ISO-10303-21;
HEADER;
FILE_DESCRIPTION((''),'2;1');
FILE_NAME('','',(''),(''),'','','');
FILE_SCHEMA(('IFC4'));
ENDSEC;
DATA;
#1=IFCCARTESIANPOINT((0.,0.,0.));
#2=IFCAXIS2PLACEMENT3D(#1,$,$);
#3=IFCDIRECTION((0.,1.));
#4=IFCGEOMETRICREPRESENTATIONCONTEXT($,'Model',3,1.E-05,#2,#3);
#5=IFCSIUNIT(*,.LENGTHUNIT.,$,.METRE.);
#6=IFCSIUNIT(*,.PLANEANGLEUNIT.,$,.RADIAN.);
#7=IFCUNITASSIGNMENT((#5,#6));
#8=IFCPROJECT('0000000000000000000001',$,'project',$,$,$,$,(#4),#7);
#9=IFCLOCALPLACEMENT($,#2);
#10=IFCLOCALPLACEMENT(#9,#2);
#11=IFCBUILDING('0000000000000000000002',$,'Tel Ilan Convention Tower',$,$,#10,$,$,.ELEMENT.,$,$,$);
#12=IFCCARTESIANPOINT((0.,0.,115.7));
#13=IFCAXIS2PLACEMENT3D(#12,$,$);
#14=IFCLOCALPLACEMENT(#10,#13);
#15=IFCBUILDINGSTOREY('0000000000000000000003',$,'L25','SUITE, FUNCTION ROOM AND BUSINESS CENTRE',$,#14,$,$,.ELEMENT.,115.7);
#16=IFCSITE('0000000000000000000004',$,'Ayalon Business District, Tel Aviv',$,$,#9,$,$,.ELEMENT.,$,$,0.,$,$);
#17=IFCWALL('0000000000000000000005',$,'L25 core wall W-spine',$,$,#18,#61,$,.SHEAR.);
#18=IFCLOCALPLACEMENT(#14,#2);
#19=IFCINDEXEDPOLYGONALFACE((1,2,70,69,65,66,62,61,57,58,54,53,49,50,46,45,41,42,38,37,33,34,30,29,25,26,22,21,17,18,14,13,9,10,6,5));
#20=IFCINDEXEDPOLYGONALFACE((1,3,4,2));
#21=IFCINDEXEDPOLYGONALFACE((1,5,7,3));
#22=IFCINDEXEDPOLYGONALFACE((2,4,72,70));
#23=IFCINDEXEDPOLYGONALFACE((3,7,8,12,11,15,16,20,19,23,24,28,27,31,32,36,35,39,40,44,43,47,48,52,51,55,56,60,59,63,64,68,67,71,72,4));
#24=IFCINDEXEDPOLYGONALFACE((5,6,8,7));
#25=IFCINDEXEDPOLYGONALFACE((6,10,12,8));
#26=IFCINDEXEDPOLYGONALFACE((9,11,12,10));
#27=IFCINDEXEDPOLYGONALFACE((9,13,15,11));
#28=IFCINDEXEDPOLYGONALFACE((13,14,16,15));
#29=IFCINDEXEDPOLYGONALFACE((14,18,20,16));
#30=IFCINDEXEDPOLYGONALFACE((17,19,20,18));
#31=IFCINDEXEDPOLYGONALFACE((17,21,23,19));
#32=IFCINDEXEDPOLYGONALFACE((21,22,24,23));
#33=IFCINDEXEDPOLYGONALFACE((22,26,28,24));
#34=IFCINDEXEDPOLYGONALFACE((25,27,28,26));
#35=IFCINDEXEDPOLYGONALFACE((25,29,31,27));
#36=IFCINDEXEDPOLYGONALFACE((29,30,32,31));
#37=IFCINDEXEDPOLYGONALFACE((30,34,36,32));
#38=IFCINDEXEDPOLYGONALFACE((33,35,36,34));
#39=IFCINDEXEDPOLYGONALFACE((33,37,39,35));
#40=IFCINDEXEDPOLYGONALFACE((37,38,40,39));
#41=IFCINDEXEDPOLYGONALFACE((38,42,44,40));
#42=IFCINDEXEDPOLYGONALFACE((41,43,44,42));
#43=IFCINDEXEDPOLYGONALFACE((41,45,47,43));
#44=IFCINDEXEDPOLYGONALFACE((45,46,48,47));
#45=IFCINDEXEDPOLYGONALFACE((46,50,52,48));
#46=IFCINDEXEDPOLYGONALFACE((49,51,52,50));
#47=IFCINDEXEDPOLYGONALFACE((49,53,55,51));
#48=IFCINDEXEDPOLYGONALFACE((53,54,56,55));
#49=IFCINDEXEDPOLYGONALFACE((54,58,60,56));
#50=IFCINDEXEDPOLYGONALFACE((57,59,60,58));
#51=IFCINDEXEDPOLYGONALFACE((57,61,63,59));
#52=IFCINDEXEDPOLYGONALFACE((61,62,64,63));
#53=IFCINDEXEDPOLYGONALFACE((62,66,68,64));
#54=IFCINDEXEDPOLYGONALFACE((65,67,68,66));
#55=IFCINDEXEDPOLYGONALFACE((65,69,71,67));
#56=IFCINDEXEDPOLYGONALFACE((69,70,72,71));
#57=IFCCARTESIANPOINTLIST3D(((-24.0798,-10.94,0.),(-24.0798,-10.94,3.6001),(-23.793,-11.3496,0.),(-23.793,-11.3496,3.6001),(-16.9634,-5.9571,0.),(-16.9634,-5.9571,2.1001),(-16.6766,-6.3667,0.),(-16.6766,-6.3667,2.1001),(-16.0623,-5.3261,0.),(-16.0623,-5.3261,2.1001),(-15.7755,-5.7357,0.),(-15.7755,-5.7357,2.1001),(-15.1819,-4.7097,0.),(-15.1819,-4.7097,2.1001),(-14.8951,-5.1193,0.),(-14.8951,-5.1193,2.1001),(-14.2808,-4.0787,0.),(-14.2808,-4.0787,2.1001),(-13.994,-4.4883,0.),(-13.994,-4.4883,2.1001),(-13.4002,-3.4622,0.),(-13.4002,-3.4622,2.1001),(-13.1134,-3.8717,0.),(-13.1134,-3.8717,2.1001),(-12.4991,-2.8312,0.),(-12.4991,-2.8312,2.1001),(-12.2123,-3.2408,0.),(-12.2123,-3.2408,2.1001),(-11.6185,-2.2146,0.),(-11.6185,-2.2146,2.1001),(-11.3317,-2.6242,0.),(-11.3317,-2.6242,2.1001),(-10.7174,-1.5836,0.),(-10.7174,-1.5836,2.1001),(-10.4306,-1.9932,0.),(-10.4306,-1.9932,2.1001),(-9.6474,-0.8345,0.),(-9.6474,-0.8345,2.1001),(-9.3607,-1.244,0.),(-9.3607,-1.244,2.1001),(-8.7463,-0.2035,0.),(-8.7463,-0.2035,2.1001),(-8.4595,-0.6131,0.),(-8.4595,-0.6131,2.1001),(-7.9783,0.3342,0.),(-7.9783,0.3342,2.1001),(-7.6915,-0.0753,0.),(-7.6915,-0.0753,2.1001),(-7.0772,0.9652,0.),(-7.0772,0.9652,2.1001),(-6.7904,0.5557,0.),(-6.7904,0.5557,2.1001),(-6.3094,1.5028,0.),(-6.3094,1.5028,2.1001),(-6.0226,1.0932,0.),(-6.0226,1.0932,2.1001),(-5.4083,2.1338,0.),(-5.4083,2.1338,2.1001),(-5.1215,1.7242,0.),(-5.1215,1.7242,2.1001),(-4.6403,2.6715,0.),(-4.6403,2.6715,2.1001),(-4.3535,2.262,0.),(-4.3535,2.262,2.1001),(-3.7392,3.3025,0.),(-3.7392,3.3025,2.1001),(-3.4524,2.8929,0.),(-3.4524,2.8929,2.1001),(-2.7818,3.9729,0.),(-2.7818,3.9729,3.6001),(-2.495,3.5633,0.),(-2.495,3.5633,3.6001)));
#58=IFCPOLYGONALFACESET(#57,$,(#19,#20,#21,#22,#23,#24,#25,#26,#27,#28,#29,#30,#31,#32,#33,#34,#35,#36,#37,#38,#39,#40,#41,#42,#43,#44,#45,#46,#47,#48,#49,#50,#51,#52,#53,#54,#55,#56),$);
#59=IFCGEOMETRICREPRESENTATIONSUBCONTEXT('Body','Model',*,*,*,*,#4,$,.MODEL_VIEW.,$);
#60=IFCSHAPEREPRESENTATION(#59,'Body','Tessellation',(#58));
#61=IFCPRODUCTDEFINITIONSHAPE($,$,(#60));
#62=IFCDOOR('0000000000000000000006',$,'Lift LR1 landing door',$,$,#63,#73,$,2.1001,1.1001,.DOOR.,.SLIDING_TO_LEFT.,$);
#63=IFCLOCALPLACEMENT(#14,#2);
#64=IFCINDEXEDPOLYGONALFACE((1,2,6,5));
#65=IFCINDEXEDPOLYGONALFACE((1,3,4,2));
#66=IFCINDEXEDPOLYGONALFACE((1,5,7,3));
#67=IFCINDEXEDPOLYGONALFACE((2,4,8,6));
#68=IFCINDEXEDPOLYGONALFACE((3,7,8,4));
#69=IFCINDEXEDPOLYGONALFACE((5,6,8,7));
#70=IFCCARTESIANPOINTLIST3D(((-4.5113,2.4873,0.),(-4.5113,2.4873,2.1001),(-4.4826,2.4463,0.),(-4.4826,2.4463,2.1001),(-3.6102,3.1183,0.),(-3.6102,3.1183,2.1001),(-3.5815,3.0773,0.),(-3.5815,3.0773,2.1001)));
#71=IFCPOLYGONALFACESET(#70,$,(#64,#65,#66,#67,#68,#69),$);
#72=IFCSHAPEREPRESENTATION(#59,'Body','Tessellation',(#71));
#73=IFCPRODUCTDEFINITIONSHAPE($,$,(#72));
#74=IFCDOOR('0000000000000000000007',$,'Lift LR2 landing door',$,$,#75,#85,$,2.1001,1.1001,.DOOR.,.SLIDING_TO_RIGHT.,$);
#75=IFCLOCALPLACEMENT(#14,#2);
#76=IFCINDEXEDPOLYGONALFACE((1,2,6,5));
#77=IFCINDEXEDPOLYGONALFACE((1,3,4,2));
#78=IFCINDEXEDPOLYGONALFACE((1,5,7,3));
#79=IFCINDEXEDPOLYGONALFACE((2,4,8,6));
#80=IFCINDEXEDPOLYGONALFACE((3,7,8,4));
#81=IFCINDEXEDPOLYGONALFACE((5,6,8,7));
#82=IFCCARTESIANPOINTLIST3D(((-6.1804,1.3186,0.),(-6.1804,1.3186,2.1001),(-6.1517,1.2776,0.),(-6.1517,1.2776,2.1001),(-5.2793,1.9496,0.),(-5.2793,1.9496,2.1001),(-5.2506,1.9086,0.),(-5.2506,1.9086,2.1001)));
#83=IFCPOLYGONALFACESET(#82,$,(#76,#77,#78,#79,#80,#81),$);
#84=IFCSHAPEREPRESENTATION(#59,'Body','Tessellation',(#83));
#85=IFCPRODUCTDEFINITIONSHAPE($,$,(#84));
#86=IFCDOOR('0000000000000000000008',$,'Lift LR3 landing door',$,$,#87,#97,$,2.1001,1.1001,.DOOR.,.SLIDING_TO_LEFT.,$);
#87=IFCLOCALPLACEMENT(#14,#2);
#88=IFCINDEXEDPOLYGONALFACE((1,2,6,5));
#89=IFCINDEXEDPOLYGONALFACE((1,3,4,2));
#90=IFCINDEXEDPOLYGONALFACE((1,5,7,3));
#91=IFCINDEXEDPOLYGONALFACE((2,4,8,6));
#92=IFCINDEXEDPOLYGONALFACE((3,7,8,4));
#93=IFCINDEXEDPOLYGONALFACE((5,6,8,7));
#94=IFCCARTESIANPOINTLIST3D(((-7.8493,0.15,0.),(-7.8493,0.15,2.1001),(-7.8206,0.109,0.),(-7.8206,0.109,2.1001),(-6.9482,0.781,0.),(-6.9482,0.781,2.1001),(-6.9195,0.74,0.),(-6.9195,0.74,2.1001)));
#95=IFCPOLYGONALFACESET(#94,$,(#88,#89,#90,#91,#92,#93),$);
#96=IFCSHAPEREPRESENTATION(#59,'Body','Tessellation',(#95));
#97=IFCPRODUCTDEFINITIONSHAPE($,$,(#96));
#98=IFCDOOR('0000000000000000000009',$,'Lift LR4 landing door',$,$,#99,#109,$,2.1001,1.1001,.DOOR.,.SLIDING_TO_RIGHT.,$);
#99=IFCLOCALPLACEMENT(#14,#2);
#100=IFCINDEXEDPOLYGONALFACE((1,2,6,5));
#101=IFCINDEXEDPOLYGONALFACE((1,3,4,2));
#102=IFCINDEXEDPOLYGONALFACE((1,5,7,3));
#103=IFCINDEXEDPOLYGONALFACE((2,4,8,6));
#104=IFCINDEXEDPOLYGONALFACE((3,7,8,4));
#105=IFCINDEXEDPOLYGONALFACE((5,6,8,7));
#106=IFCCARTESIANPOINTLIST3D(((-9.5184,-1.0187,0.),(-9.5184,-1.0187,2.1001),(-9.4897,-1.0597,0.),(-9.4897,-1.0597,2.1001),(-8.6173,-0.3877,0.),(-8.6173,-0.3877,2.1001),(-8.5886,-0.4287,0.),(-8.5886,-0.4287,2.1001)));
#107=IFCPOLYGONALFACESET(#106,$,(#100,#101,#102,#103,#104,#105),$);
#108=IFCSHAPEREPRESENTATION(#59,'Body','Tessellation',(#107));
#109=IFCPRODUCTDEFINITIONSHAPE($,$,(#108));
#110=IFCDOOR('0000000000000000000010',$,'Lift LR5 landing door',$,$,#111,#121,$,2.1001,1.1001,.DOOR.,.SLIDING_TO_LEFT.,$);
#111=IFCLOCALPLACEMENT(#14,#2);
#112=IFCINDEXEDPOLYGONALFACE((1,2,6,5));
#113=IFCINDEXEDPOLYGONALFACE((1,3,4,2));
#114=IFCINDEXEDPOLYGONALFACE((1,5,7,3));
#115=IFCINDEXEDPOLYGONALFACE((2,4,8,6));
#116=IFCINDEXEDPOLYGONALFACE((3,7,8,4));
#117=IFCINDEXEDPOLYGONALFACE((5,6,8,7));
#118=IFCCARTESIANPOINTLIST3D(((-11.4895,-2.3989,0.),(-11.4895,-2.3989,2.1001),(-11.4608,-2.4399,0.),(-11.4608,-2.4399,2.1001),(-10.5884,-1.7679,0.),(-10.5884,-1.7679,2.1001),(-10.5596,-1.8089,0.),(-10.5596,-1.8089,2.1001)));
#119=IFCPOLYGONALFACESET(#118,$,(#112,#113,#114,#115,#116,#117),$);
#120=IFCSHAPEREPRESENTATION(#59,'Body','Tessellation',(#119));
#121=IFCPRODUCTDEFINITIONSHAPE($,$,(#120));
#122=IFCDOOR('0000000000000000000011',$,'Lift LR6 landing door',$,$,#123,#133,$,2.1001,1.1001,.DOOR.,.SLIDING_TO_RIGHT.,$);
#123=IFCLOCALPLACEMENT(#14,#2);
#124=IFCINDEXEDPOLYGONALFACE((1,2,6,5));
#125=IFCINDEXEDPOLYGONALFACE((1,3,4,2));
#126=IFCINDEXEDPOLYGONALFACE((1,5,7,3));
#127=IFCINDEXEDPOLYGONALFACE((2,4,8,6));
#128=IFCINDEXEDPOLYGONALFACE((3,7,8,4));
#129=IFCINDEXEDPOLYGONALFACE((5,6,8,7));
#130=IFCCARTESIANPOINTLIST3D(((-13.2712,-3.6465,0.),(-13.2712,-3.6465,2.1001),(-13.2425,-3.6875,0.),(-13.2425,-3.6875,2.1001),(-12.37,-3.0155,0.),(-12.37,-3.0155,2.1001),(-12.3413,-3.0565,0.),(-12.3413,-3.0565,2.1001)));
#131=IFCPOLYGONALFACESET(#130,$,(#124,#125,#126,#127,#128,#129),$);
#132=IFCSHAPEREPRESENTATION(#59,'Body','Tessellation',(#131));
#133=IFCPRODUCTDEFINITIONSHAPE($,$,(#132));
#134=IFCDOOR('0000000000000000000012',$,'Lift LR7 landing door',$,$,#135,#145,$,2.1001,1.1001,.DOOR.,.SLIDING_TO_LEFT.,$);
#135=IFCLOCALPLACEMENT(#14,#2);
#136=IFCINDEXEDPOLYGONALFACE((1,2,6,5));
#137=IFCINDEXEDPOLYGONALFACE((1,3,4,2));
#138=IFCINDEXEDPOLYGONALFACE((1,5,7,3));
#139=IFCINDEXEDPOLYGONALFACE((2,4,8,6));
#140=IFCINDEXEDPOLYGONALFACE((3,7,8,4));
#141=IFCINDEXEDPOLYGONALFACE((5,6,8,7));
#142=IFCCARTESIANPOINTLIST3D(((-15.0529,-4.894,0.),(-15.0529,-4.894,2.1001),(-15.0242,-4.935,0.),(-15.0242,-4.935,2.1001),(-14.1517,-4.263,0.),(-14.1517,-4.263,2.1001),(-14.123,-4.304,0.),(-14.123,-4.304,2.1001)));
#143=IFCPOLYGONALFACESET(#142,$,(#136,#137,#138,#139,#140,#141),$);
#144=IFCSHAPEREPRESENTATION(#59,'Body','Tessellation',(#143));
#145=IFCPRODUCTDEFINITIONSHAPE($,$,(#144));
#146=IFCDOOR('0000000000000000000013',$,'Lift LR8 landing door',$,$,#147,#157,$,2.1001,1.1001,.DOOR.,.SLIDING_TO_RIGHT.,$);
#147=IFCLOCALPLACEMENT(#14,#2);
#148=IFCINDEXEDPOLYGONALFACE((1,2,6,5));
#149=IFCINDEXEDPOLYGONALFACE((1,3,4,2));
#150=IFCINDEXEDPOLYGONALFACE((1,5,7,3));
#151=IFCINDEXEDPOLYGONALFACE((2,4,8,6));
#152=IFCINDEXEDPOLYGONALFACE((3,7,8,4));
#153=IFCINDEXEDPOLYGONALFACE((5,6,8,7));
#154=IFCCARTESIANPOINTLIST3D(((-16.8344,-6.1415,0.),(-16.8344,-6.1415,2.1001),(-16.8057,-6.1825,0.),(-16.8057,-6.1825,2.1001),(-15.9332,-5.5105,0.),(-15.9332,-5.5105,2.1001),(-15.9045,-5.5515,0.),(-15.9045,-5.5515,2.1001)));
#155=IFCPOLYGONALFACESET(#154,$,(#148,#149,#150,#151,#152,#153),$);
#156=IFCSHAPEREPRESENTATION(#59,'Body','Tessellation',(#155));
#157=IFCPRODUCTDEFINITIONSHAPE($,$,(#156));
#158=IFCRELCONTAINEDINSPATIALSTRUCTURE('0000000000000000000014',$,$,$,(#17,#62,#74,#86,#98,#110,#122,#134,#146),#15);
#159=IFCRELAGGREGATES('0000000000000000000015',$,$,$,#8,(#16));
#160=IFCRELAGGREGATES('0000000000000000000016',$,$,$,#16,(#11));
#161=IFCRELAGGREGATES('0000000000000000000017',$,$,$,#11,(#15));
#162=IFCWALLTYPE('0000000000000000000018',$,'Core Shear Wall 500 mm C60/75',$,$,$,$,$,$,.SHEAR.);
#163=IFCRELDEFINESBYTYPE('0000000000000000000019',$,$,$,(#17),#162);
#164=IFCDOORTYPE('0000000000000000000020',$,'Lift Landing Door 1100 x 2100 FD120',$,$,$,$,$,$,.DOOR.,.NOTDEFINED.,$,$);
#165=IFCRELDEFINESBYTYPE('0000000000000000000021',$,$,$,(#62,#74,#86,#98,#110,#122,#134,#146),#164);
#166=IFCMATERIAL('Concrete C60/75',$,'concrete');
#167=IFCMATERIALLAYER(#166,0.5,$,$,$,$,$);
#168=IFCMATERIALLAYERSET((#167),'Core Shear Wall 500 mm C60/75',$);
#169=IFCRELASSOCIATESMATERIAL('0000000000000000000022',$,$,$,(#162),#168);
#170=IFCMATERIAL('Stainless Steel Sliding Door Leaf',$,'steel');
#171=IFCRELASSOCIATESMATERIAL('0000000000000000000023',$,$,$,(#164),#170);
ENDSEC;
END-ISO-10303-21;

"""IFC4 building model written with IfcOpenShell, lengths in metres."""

from ifc_helpers import new_model, si_unit, direction, frame, frame_2d, origin, place, context, subcontext, project, spatial, polyline, rectangle, outline, extrude, material, layer, layer_set, type_object, element, fill, save


model = new_model("IFC4")

# Units and contexts
model_context = context("Model", 3, precision=1e-05, world=origin(), true_north=direction((0.0, 1.0)))
body_context = subcontext(model_context, "Body", "Model", "MODEL_VIEW")
ifc_project = project(units=[si_unit("LENGTHUNIT", "METRE"), si_unit("PLANEANGLEUNIT", "RADIAN")], contexts=[model_context])

# Site, building, storey
site_placement = place(None, origin())
site = spatial("IfcSite", under=ifc_project, at=site_placement, Name="Ayalon Business District, Tel Aviv", CompositionType="ELEMENT", RefElevation=0.0)
building_placement = place(site_placement, origin())
building = spatial("IfcBuilding", under=site, at=building_placement, Name="Tel Ilan Convention Tower", CompositionType="ELEMENT")
storey_placement = place(building_placement, frame((0.0, 0.0, 115.7)))
storey = spatial("IfcBuildingStorey", under=building, at=storey_placement, Name="L25", Description="SUITE, FUNCTION ROOM AND BUSINESS CENTRE", CompositionType="ELEMENT", Elevation=115.7)

# Wall, openings, doors
ifc_material_1 = material(Name="Concrete C60/75", Category="concrete")
ifc_layer_1 = layer(ifc_material_1, 0.5)
ifc_layer_set_1 = layer_set([ifc_layer_1], Name="Core Shear Wall 500 mm C60/75")
wall_type_1 = type_object("IfcWallType", Name="Core Shear Wall 500 mm C60/75", PredefinedType="SHEAR", material=ifc_layer_set_1)
wall_1_placement = place(storey_placement, frame((-2.6384, 3.7681, 0.0), z_axis=(0.0, 0.0, 1.0), x_axis=(-0.819149, -0.573581, 0.0)))
wall_1 = element("IfcWall", 1, at=wall_1_placement, inside=storey, type_object=wall_type_1, Name="L25 core wall W-spine", PredefinedType="SHEAR", context=body_context, shape_type="SweptSolid", body=[
    extrude(outline(polyline([(26.0, 0.2498), (0.0, 0.25), (0.0, -0.25), (26.0, -0.2502), (26.0, 0.2498)])), origin(), (0.0, 0.0, 1.0), 3.6001),
])
opening_1_placement = place(wall_1_placement, frame((1.1687, 0.0, 0.0)))
opening_1 = element("IfcOpeningElement", 2, at=opening_1_placement, cuts=wall_1, PredefinedType="OPENING", context=body_context, shape_type="SweptSolid", body=[
    extrude(rectangle(XDim=1.1001, YDim=2.1001, at=frame_2d((0.55, 1.05))), frame((0.0, 0.26, 0.0), z_axis=(0.0, -1.0, 0.0), x_axis=(1.0, 0.0, 0.0)), (0.0, 0.0, 1.0), 0.52),
])
opening_2_placement = place(wall_1_placement, frame((3.2063, 0.0, 0.0)))
opening_2 = element("IfcOpeningElement", 3, at=opening_2_placement, cuts=wall_1, PredefinedType="OPENING", context=body_context, shape_type="SweptSolid", body=[
    extrude(rectangle(XDim=1.1001, YDim=2.1001, at=frame_2d((0.55, 1.05))), frame((0.0, 0.26, 0.0), z_axis=(0.0, -1.0, 0.0), x_axis=(1.0, 0.0, 0.0)), (0.0, 0.0, 1.0), 0.52),
])
opening_3_placement = place(wall_1_placement, frame((5.2437, 0.0, 0.0)))
opening_3 = element("IfcOpeningElement", 4, at=opening_3_placement, cuts=wall_1, PredefinedType="OPENING", context=body_context, shape_type="SweptSolid", body=[
    extrude(rectangle(XDim=1.1001, YDim=2.1001, at=frame_2d((0.55, 1.05))), frame((0.0, 0.26, 0.0), z_axis=(0.0, -1.0, 0.0), x_axis=(1.0, 0.0, 0.0)), (0.0, 0.0, 1.0), 0.52),
])
opening_4_placement = place(wall_1_placement, frame((7.2812, 0.0, 0.0)))
opening_4 = element("IfcOpeningElement", 5, at=opening_4_placement, cuts=wall_1, PredefinedType="OPENING", context=body_context, shape_type="SweptSolid", body=[
    extrude(rectangle(XDim=1.1001, YDim=2.1001, at=frame_2d((0.55, 1.05))), frame((0.0, 0.26, 0.0), z_axis=(0.0, -1.0, 0.0), x_axis=(1.0, 0.0, 0.0)), (0.0, 0.0, 1.0), 0.52),
])
opening_5_placement = place(wall_1_placement, frame((9.6875, 0.0, 0.0)))
opening_5 = element("IfcOpeningElement", 6, at=opening_5_placement, cuts=wall_1, PredefinedType="OPENING", context=body_context, shape_type="SweptSolid", body=[
    extrude(rectangle(XDim=1.1001, YDim=2.1001, at=frame_2d((0.55, 1.05))), frame((0.0, 0.26, 0.0), z_axis=(0.0, -1.0, 0.0), x_axis=(1.0, 0.0, 0.0)), (0.0, 0.0, 1.0), 0.52),
])
opening_6_placement = place(wall_1_placement, frame((11.8625, 0.0, 0.0)))
opening_6 = element("IfcOpeningElement", 7, at=opening_6_placement, cuts=wall_1, PredefinedType="OPENING", context=body_context, shape_type="SweptSolid", body=[
    extrude(rectangle(XDim=1.1001, YDim=2.1001, at=frame_2d((0.55, 1.05))), frame((0.0, 0.26, 0.0), z_axis=(0.0, -1.0, 0.0), x_axis=(1.0, 0.0, 0.0)), (0.0, 0.0, 1.0), 0.52),
])
opening_7_placement = place(wall_1_placement, frame((14.0376, 0.0, 0.0)))
opening_7 = element("IfcOpeningElement", 8, at=opening_7_placement, cuts=wall_1, PredefinedType="OPENING", context=body_context, shape_type="SweptSolid", body=[
    extrude(rectangle(XDim=1.1001, YDim=2.1001, at=frame_2d((0.55, 1.05))), frame((0.0, 0.26, 0.0), z_axis=(0.0, -1.0, 0.0), x_axis=(1.0, 0.0, 0.0)), (0.0, 0.0, 1.0), 0.52),
])
opening_8_placement = place(wall_1_placement, frame((16.2124, 0.0, 0.0)))
opening_8 = element("IfcOpeningElement", 9, at=opening_8_placement, cuts=wall_1, PredefinedType="OPENING", context=body_context, shape_type="SweptSolid", body=[
    extrude(rectangle(XDim=1.1001, YDim=2.1001, at=frame_2d((0.55, 1.05))), frame((0.0, 0.26, 0.0), z_axis=(0.0, -1.0, 0.0), x_axis=(1.0, 0.0, 0.0)), (0.0, 0.0, 1.0), 0.52),
])
ifc_material_2 = material(Name="Stainless Steel Sliding Door Leaf", Category="steel")
door_type = type_object("IfcDoorType", Name="Lift Landing Door 1100 x 2100 FD120", OperationType="NOTDEFINED", PredefinedType="DOOR", material=ifc_material_2)
door_1_placement = place(opening_1_placement, origin())
door_1 = element("IfcDoor", 10, at=door_1_placement, inside=storey, type_object=door_type, Name="Lift LR1 landing door", OperationType="SLIDING_TO_LEFT", OverallHeight=2.1001, OverallWidth=1.1001, PredefinedType="DOOR", context=body_context, shape_type="SweptSolid", body=[
    extrude(rectangle(XDim=1.1001, YDim=2.1001, at=frame_2d((0.55, 1.05))), frame((0.0, 0.0249, 0.0), z_axis=(0.0, -1.0, 0.0), x_axis=(1.0, 0.0, 0.0)), (0.0, 0.0, 1.0), 0.05),
])
fill(opening_1, door_1)
door_2_placement = place(opening_2_placement, origin())
door_2 = element("IfcDoor", 11, at=door_2_placement, inside=storey, type_object=door_type, Name="Lift LR2 landing door", OperationType="SLIDING_TO_RIGHT", OverallHeight=2.1001, OverallWidth=1.1001, PredefinedType="DOOR", context=body_context, shape_type="SweptSolid", body=[
    extrude(rectangle(XDim=1.1001, YDim=2.1001, at=frame_2d((0.55, 1.05))), frame((0.0, 0.0249, 0.0), z_axis=(0.0, -1.0, 0.0), x_axis=(1.0, 0.0, 0.0)), (0.0, 0.0, 1.0), 0.05),
])
fill(opening_2, door_2)
door_3_placement = place(opening_3_placement, origin())
door_3 = element("IfcDoor", 12, at=door_3_placement, inside=storey, type_object=door_type, Name="Lift LR3 landing door", OperationType="SLIDING_TO_LEFT", OverallHeight=2.1001, OverallWidth=1.1001, PredefinedType="DOOR", context=body_context, shape_type="SweptSolid", body=[
    extrude(rectangle(XDim=1.1001, YDim=2.1001, at=frame_2d((0.55, 1.05))), frame((0.0, 0.0249, 0.0), z_axis=(0.0, -1.0, 0.0), x_axis=(1.0, 0.0, 0.0)), (0.0, 0.0, 1.0), 0.05),
])
fill(opening_3, door_3)
door_4_placement = place(opening_4_placement, origin())
door_4 = element("IfcDoor", 13, at=door_4_placement, inside=storey, type_object=door_type, Name="Lift LR4 landing door", OperationType="SLIDING_TO_RIGHT", OverallHeight=2.1001, OverallWidth=1.1001, PredefinedType="DOOR", context=body_context, shape_type="SweptSolid", body=[
    extrude(rectangle(XDim=1.1001, YDim=2.1001, at=frame_2d((0.55, 1.05))), frame((0.0, 0.0249, 0.0), z_axis=(0.0, -1.0, 0.0), x_axis=(1.0, 0.0, 0.0)), (0.0, 0.0, 1.0), 0.05),
])
fill(opening_4, door_4)
door_5_placement = place(opening_5_placement, origin())
door_5 = element("IfcDoor", 14, at=door_5_placement, inside=storey, type_object=door_type, Name="Lift LR5 landing door", OperationType="SLIDING_TO_LEFT", OverallHeight=2.1001, OverallWidth=1.1001, PredefinedType="DOOR", context=body_context, shape_type="SweptSolid", body=[
    extrude(rectangle(XDim=1.1001, YDim=2.1001, at=frame_2d((0.55, 1.05))), frame((0.0, 0.0249, 0.0), z_axis=(0.0, -1.0, 0.0), x_axis=(1.0, 0.0, 0.0)), (0.0, 0.0, 1.0), 0.05),
])
fill(opening_5, door_5)
door_6_placement = place(opening_6_placement, origin())
door_6 = element("IfcDoor", 15, at=door_6_placement, inside=storey, type_object=door_type, Name="Lift LR6 landing door", OperationType="SLIDING_TO_RIGHT", OverallHeight=2.1001, OverallWidth=1.1001, PredefinedType="DOOR", context=body_context, shape_type="SweptSolid", body=[
    extrude(rectangle(XDim=1.1001, YDim=2.1001, at=frame_2d((0.55, 1.05))), frame((0.0, 0.0249, 0.0), z_axis=(0.0, -1.0, 0.0), x_axis=(1.0, 0.0, 0.0)), (0.0, 0.0, 1.0), 0.05),
])
fill(opening_6, door_6)
door_7_placement = place(opening_7_placement, origin())
door_7 = element("IfcDoor", 16, at=door_7_placement, inside=storey, type_object=door_type, Name="Lift LR7 landing door", OperationType="SLIDING_TO_LEFT", OverallHeight=2.1001, OverallWidth=1.1001, PredefinedType="DOOR", context=body_context, shape_type="SweptSolid", body=[
    extrude(rectangle(XDim=1.1001, YDim=2.1001, at=frame_2d((0.55, 1.05))), frame((0.0, 0.0249, 0.0), z_axis=(0.0, -1.0, 0.0), x_axis=(1.0, 0.0, 0.0)), (0.0, 0.0, 1.0), 0.05),
])
fill(opening_7, door_7)
door_8_placement = place(opening_8_placement, origin())
door_8 = element("IfcDoor", 17, at=door_8_placement, inside=storey, type_object=door_type, Name="Lift LR8 landing door", OperationType="SLIDING_TO_RIGHT", OverallHeight=2.1001, OverallWidth=1.1001, PredefinedType="DOOR", context=body_context, shape_type="SweptSolid", body=[
    extrude(rectangle(XDim=1.1001, YDim=2.1001, at=frame_2d((0.55, 1.05))), frame((0.0, 0.0249, 0.0), z_axis=(0.0, -1.0, 0.0), x_axis=(1.0, 0.0, 0.0)), (0.0, 0.0, 1.0), 0.05),
])
fill(opening_8, door_8)

save(model, "model.ifc")
